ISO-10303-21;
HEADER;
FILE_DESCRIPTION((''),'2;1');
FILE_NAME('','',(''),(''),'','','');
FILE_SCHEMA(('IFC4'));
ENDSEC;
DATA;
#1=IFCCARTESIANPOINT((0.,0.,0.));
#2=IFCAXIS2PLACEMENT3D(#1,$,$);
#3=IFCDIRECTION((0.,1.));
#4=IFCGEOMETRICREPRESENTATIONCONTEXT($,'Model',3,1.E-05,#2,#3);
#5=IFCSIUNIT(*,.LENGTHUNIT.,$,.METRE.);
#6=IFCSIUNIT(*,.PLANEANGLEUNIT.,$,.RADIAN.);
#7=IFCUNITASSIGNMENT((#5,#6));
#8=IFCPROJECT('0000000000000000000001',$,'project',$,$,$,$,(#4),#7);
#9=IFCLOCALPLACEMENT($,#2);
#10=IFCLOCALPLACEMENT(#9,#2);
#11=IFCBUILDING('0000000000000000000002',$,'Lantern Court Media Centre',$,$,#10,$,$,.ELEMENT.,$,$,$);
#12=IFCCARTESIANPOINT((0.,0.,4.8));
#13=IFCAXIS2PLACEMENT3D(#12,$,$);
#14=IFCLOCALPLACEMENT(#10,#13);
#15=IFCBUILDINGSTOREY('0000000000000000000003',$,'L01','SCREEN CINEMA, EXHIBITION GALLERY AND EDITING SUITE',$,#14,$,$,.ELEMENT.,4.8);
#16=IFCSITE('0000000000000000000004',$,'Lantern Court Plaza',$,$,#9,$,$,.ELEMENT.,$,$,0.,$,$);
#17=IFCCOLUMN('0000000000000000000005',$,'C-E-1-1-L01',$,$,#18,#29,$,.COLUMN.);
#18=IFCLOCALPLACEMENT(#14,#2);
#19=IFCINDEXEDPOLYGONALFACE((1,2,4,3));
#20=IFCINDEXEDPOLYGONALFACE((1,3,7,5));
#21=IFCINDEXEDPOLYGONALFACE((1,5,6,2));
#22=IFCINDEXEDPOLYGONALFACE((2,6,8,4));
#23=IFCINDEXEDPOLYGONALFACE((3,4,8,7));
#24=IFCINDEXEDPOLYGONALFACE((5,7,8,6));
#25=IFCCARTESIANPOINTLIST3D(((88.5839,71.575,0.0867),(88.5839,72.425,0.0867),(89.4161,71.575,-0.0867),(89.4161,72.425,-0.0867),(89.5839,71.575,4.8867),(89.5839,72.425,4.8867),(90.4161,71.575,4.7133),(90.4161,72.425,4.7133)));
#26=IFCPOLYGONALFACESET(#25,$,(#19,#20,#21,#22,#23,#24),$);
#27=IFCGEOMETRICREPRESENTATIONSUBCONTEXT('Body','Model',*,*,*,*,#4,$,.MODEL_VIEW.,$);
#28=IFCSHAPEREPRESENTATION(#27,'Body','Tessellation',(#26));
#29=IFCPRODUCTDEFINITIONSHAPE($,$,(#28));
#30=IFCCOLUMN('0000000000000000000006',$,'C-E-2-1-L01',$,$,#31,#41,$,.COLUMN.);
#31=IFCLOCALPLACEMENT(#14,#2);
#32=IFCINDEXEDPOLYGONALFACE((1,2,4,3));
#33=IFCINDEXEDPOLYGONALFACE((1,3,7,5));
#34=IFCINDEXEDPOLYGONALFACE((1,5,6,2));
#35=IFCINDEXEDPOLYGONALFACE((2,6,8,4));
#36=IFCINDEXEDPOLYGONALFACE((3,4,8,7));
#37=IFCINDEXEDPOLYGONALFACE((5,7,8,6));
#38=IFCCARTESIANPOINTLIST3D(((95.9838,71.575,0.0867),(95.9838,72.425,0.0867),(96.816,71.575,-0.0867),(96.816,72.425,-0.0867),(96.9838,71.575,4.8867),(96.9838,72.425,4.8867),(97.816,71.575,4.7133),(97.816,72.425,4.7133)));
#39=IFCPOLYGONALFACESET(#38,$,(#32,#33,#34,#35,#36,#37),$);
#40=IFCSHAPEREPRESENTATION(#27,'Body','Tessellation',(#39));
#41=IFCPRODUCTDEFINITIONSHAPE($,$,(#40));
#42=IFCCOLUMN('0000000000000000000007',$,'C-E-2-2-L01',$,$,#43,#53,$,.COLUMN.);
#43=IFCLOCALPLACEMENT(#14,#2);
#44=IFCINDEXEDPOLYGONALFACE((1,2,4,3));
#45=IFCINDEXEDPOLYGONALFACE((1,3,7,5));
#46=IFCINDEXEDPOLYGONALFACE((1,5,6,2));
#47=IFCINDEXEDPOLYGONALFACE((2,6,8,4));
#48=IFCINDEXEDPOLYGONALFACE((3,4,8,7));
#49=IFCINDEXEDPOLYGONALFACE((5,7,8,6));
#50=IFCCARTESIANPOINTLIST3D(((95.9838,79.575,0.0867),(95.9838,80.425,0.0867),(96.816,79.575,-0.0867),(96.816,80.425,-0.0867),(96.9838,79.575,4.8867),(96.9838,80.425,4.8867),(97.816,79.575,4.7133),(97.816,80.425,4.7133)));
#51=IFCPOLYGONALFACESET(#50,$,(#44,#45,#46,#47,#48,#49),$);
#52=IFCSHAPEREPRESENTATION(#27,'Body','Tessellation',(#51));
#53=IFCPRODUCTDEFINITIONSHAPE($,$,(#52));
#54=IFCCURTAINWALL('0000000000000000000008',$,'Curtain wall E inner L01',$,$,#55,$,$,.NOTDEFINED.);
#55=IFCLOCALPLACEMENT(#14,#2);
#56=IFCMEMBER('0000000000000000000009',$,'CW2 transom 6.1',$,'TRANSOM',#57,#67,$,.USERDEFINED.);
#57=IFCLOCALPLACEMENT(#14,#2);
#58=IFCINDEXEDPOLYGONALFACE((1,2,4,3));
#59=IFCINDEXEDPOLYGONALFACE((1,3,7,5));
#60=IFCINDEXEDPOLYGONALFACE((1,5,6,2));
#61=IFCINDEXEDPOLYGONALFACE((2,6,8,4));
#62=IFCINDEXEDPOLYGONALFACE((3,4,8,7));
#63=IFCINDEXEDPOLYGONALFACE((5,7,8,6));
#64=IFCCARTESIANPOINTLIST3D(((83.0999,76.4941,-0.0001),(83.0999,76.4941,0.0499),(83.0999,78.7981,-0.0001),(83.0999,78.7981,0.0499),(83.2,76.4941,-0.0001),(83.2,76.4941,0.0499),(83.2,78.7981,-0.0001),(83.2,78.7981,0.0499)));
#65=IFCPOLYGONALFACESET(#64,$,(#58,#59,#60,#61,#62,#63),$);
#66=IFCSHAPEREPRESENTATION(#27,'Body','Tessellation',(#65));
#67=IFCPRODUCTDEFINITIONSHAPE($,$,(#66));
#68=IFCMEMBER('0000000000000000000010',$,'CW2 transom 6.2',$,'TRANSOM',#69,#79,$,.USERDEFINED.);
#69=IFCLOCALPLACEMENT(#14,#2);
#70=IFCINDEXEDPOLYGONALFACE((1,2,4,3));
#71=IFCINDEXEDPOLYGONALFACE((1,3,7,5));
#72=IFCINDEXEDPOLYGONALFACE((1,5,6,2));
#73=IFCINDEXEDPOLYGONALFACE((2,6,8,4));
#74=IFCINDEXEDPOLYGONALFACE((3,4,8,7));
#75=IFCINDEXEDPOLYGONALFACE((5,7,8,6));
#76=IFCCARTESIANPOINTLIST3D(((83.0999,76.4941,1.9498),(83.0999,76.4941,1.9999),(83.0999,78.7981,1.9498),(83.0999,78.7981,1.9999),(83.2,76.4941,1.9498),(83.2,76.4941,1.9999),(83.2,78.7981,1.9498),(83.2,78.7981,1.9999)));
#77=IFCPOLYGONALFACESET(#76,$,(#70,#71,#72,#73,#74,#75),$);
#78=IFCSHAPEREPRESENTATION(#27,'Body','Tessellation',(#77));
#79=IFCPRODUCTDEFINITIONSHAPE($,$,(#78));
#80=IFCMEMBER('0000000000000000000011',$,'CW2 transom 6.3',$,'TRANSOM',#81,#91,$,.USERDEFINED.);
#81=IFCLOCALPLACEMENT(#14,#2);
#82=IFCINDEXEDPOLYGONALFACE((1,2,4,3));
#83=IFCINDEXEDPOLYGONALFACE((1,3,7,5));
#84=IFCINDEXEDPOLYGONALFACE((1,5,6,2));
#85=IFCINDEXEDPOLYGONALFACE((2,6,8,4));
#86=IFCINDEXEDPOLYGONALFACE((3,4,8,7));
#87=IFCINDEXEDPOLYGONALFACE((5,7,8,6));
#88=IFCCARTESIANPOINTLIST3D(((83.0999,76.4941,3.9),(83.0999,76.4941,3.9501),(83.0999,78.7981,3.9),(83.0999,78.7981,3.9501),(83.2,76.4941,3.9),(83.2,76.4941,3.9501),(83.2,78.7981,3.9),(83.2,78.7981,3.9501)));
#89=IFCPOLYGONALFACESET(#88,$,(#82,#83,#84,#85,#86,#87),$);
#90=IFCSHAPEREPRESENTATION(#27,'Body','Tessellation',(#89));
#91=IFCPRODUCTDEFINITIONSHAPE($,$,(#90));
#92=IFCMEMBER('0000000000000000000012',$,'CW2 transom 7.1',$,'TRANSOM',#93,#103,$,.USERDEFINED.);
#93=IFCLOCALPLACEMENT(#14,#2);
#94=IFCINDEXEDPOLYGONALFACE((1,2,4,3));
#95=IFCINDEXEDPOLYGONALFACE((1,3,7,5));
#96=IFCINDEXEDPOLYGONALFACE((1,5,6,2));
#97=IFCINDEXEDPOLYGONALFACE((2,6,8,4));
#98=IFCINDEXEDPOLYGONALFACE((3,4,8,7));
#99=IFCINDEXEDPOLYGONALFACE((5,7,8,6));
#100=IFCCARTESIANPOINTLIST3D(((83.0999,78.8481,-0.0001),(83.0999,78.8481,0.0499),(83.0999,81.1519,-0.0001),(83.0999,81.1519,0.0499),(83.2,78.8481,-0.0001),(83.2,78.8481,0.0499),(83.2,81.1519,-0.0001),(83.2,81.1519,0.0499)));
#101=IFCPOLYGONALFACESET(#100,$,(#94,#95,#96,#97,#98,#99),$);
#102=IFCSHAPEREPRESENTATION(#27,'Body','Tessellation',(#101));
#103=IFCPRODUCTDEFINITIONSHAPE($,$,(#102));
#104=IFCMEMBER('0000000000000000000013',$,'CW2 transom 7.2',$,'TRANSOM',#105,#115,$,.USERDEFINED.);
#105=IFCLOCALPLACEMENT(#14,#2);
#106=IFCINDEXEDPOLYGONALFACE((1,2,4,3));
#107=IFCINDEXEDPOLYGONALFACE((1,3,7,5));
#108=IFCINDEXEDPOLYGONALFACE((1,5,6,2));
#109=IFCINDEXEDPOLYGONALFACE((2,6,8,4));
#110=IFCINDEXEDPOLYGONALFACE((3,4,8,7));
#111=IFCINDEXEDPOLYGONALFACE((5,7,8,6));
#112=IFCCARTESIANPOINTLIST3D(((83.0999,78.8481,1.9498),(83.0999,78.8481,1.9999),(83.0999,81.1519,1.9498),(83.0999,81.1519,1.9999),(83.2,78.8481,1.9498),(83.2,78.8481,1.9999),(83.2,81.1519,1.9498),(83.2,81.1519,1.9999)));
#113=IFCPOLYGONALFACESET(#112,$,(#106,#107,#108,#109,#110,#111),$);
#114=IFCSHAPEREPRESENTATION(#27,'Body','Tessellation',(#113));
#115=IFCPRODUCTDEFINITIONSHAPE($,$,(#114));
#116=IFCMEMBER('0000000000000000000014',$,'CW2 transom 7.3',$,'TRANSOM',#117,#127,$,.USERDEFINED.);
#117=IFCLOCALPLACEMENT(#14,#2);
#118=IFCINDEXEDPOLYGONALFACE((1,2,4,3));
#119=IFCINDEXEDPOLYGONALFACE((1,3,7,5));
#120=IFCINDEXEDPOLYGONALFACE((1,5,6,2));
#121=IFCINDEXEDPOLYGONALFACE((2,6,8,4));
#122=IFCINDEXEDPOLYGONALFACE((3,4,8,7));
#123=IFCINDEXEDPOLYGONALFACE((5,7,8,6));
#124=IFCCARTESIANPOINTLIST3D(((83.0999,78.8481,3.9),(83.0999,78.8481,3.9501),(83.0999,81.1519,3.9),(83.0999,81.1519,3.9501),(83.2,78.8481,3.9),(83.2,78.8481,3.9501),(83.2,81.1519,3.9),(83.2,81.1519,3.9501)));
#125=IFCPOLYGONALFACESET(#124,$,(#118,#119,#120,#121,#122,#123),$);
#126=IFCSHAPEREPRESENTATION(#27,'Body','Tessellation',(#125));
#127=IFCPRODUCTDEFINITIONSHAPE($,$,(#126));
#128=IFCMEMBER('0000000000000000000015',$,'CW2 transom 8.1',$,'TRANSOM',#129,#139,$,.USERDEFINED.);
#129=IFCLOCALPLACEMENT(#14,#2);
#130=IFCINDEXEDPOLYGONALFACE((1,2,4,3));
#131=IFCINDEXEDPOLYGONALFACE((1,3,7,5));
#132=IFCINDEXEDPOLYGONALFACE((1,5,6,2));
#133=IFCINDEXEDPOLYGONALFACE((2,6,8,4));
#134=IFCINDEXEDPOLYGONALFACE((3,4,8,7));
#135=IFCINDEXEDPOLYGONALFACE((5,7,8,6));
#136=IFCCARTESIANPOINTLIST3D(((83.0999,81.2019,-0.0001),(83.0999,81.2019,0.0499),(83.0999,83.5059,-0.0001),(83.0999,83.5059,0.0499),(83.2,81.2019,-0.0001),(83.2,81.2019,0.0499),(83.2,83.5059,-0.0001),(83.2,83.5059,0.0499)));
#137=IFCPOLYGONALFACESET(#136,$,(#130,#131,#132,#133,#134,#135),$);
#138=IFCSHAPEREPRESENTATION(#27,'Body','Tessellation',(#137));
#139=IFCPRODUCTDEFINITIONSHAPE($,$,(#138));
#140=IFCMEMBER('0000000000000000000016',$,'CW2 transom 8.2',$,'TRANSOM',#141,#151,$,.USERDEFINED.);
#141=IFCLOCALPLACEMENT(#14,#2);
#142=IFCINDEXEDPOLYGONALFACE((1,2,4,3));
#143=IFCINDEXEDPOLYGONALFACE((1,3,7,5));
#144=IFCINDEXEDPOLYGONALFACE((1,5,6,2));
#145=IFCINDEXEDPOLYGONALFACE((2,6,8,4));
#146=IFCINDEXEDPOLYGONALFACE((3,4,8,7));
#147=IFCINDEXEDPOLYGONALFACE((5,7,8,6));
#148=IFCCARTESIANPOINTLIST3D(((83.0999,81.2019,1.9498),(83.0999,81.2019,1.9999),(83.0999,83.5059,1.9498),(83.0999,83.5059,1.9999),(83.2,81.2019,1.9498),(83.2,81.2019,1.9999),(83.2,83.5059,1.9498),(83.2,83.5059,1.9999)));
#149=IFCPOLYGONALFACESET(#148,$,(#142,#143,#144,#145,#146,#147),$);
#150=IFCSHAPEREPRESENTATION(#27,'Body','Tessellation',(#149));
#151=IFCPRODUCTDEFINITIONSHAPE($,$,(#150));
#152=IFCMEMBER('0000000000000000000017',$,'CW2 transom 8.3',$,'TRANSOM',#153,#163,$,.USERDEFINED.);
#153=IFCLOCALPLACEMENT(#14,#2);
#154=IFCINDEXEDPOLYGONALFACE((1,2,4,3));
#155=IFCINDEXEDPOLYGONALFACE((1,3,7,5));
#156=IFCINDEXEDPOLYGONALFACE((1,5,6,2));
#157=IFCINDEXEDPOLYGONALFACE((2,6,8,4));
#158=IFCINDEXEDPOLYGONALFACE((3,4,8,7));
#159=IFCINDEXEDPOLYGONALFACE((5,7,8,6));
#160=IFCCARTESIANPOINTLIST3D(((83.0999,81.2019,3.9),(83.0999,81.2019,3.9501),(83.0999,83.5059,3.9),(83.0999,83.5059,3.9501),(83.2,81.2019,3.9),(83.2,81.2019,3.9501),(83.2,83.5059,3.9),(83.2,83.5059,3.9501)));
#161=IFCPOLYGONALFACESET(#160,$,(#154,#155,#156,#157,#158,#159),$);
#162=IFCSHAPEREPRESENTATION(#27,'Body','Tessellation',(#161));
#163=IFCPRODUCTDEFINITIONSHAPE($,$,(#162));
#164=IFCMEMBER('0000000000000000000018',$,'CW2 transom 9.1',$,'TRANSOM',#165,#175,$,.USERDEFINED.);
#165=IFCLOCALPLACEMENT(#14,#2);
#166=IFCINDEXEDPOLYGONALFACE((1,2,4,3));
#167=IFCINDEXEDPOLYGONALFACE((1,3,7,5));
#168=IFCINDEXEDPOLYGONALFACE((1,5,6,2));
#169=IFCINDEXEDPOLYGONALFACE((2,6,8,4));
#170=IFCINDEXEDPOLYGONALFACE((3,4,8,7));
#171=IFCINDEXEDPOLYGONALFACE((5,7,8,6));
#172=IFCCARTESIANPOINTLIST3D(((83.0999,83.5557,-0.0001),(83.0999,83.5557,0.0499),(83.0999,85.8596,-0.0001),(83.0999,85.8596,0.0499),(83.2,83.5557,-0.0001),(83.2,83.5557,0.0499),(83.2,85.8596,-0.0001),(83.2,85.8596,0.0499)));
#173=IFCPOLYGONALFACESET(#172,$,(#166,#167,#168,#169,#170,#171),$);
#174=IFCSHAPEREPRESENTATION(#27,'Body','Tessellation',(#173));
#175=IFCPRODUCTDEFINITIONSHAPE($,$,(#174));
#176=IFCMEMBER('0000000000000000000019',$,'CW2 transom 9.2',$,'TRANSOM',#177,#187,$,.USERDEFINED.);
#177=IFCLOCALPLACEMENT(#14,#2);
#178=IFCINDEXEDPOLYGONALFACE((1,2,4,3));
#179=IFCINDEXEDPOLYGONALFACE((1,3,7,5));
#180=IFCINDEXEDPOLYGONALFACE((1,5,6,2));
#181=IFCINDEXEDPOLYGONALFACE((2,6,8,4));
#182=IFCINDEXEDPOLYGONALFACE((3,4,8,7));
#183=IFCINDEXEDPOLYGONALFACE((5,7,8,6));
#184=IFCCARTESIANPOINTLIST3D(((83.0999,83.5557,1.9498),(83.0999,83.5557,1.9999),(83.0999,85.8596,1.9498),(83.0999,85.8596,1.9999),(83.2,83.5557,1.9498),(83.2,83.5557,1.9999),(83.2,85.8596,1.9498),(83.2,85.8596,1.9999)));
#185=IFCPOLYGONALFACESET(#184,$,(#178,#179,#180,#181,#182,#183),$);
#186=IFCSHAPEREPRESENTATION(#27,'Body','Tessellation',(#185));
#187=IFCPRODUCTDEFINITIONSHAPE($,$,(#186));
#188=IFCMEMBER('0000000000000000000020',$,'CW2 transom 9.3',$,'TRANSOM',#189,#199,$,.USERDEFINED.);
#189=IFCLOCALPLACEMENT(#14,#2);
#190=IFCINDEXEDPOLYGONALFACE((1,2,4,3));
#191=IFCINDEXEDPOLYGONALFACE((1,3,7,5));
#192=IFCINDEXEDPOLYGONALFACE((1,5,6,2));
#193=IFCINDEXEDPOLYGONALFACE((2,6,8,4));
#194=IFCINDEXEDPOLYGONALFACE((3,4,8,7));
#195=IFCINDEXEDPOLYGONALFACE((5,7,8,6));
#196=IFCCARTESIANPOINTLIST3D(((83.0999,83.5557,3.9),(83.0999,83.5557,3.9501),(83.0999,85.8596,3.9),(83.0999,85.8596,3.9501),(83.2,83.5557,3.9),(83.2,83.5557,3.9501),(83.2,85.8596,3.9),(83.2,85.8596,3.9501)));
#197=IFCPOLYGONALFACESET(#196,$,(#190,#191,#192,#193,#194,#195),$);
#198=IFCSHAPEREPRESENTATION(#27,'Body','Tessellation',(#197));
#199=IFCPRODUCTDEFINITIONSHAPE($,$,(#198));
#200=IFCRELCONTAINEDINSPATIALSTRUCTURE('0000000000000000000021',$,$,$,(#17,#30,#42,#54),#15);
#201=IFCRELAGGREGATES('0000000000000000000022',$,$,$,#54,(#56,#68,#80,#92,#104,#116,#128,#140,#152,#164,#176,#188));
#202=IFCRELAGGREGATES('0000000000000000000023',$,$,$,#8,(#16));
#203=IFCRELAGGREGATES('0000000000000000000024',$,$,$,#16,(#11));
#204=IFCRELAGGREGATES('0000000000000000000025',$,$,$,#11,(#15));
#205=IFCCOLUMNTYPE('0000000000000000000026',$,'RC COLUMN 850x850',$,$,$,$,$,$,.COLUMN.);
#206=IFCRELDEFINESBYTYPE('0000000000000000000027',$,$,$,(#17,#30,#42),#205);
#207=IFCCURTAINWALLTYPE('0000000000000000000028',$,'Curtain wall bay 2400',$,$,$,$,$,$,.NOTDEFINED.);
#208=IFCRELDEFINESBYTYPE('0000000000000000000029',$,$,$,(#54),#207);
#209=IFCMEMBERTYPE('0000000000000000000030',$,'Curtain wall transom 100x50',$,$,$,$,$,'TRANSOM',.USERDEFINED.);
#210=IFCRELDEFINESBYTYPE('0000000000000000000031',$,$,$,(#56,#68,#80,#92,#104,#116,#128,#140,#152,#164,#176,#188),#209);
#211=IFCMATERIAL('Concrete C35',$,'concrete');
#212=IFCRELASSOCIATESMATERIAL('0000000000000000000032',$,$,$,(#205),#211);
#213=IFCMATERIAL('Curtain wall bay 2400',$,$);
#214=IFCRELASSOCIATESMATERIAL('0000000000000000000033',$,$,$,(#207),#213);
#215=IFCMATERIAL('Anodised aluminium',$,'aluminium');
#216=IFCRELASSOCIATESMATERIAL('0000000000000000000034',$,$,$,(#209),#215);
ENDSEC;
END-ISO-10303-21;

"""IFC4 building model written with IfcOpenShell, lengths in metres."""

from ifc_helpers import new_model, si_unit, direction, frame, origin, origin_2d, place, context, subcontext, project, spatial, rectangle, extrude, material, material_profile, profile_set, type_object, element, aggregate, save


model = new_model("IFC4")

# Units and contexts
model_context = context("Model", 3, precision=1e-05, world=origin(), true_north=direction((0.0, 1.0)))
body_context = subcontext(model_context, "Body", "Model", "MODEL_VIEW")
ifc_project = project(units=[si_unit("LENGTHUNIT", "METRE"), si_unit("PLANEANGLEUNIT", "RADIAN")], contexts=[model_context])

# Site, building, storey
site_placement = place(None, origin())
site = spatial("IfcSite", under=ifc_project, at=site_placement, Name="Lantern Court Plaza", CompositionType="ELEMENT", RefElevation=0.0)
building_placement = place(site_placement, origin())
building = spatial("IfcBuilding", under=site, at=building_placement, Name="Lantern Court Media Centre", CompositionType="ELEMENT")
storey_placement = place(building_placement, frame((0.0, 0.0, 4.8)))
storey = spatial("IfcBuildingStorey", under=building, at=storey_placement, Name="L01", Description="SCREEN CINEMA, EXHIBITION GALLERY AND EDITING SUITE", CompositionType="ELEMENT", Elevation=4.8)

# Columns
ifc_material_1 = material(Name="Concrete C35", Category="concrete")
ifc_material_profile_1 = material_profile(ifc_material_1, rectangle(XDim=0.8501, YDim=0.8501, at=origin_2d()), Name="RC 850x850")
ifc_profile_set_1 = profile_set([ifc_material_profile_1], Name="Concrete C35")
column_type = type_object("IfcColumnType", Name="RC COLUMN 850x850", PredefinedType="COLUMN", material=ifc_profile_set_1)
for number, where, z_axis, x_axis, name in (
    (1, (89.0, 72.0, 0.0), (0.203952, 0.0, 0.978981), (0.0, 1.0, 0.0), "C-E-1-1-L01"),
    (2, (96.3999, 72.0, 0.0), (0.203952, 0.0, 0.978981), (0.0, 1.0, 0.0), "C-E-2-1-L01"),
    (3, (96.3999, 80.0, 0.0), (0.203952, 0.0, 0.978981), (0.0, 1.0, 0.0), "C-E-2-2-L01"),
):
    element("IfcColumn", number, at=place(storey_placement, frame(where, z_axis=z_axis, x_axis=x_axis)), inside=storey, type_object=column_type, Name=name, PredefinedType="COLUMN", context=body_context, shape_type="SweptSolid", body=[
        extrude(rectangle(XDim=0.8501, YDim=0.8501, at=origin_2d()), origin(), (0.0, 0.0, 1.0), 4.9031),
    ])

# Curtain wall, members
ifc_material_2 = material(Name="Curtain wall bay 2400")
curtain_wall_type = type_object("IfcCurtainWallType", Name="Curtain wall bay 2400", PredefinedType="NOTDEFINED", material=ifc_material_2)
curtain_wall_placement = place(storey_placement, origin())
curtain_wall = element("IfcCurtainWall", 4, at=curtain_wall_placement, inside=storey, type_object=curtain_wall_type, Name="Curtain wall E inner L01", PredefinedType="NOTDEFINED")
ifc_material_3 = material(Name="Anodised aluminium", Category="aluminium")
ifc_material_profile_2 = material_profile(ifc_material_3, rectangle(XDim=0.1001, YDim=0.05, at=origin_2d()), Name="AL 50x100")
ifc_profile_set_2 = profile_set([ifc_material_profile_2], Name="Anodised aluminium")
member_type = type_object("IfcMemberType", Name="Curtain wall transom 100x50", ElementType="TRANSOM", PredefinedType="USERDEFINED", material=ifc_profile_set_2)
member_1_placement = place(storey_placement, frame((83.1499, 76.4941, 0.0249), z_axis=(0.0, 1.0, 0.0), x_axis=(-1.0, 0.0, 0.0)))
member_1 = element("IfcMember", 5, at=member_1_placement, type_object=member_type, Name="CW2 transom 6.1", ObjectType="TRANSOM", PredefinedType="USERDEFINED", context=body_context, shape_type="SweptSolid", body=[
    extrude(rectangle(XDim=0.1001, YDim=0.05, at=origin_2d()), origin(), (0.0, 0.0, 1.0), 2.304),
])
member_2_placement = place(storey_placement, frame((83.1499, 76.4941, 1.9749), z_axis=(0.0, 1.0, 0.0), x_axis=(-1.0, 0.0, 0.0)))
member_2 = element("IfcMember", 6, at=member_2_placement, type_object=member_type, Name="CW2 transom 6.2", ObjectType="TRANSOM", PredefinedType="USERDEFINED", context=body_context, shape_type="SweptSolid", body=[
    extrude(rectangle(XDim=0.1001, YDim=0.05, at=origin_2d()), origin(), (0.0, 0.0, 1.0), 2.304),
])
member_3_placement = place(storey_placement, frame((83.1499, 76.4941, 3.925), z_axis=(0.0, 1.0, 0.0), x_axis=(-1.0, 0.0, 0.0)))
member_3 = element("IfcMember", 7, at=member_3_placement, type_object=member_type, Name="CW2 transom 6.3", ObjectType="TRANSOM", PredefinedType="USERDEFINED", context=body_context, shape_type="SweptSolid", body=[
    extrude(rectangle(XDim=0.1001, YDim=0.05, at=origin_2d()), origin(), (0.0, 0.0, 1.0), 2.304),
])
member_4_placement = place(storey_placement, frame((83.1499, 78.8481, 0.0249), z_axis=(0.0, 1.0, 0.0), x_axis=(-1.0, 0.0, 0.0)))
member_4 = element("IfcMember", 8, at=member_4_placement, type_object=member_type, Name="CW2 transom 7.1", ObjectType="TRANSOM", PredefinedType="USERDEFINED", context=body_context, shape_type="SweptSolid", body=[
    extrude(rectangle(XDim=0.1001, YDim=0.05, at=origin_2d()), origin(), (0.0, 0.0, 1.0), 2.3037),
])
member_5_placement = place(storey_placement, frame((83.1499, 78.8481, 1.9749), z_axis=(0.0, 1.0, 0.0), x_axis=(-1.0, 0.0, 0.0)))
member_5 = element("IfcMember", 9, at=member_5_placement, type_object=member_type, Name="CW2 transom 7.2", ObjectType="TRANSOM", PredefinedType="USERDEFINED", context=body_context, shape_type="SweptSolid", body=[
    extrude(rectangle(XDim=0.1001, YDim=0.05, at=origin_2d()), origin(), (0.0, 0.0, 1.0), 2.3037),
])
member_6_placement = place(storey_placement, frame((83.1499, 78.8481, 3.925), z_axis=(0.0, 1.0, 0.0), x_axis=(-1.0, 0.0, 0.0)))
member_6 = element("IfcMember", 10, at=member_6_placement, type_object=member_type, Name="CW2 transom 7.3", ObjectType="TRANSOM", PredefinedType="USERDEFINED", context=body_context, shape_type="SweptSolid", body=[
    extrude(rectangle(XDim=0.1001, YDim=0.05, at=origin_2d()), origin(), (0.0, 0.0, 1.0), 2.3037),
])
member_7_placement = place(storey_placement, frame((83.1499, 81.2019, 0.0249), z_axis=(0.0, 1.0, 0.0), x_axis=(-1.0, 0.0, 0.0)))
member_7 = element("IfcMember", 11, at=member_7_placement, type_object=member_type, Name="CW2 transom 8.1", ObjectType="TRANSOM", PredefinedType="USERDEFINED", context=body_context, shape_type="SweptSolid", body=[
    extrude(rectangle(XDim=0.1001, YDim=0.05, at=origin_2d()), origin(), (0.0, 0.0, 1.0), 2.304),
])
member_8_placement = place(storey_placement, frame((83.1499, 81.2019, 1.9749), z_axis=(0.0, 1.0, 0.0), x_axis=(-1.0, 0.0, 0.0)))
member_8 = element("IfcMember", 12, at=member_8_placement, type_object=member_type, Name="CW2 transom 8.2", ObjectType="TRANSOM", PredefinedType="USERDEFINED", context=body_context, shape_type="SweptSolid", body=[
    extrude(rectangle(XDim=0.1001, YDim=0.05, at=origin_2d()), origin(), (0.0, 0.0, 1.0), 2.304),
])
member_9_placement = place(storey_placement, frame((83.1499, 81.2019, 3.925), z_axis=(0.0, 1.0, 0.0), x_axis=(-1.0, 0.0, 0.0)))
member_9 = element("IfcMember", 13, at=member_9_placement, type_object=member_type, Name="CW2 transom 8.3", ObjectType="TRANSOM", PredefinedType="USERDEFINED", context=body_context, shape_type="SweptSolid", body=[
    extrude(rectangle(XDim=0.1001, YDim=0.05, at=origin_2d()), origin(), (0.0, 0.0, 1.0), 2.304),
])
member_10_placement = place(storey_placement, frame((83.1499, 83.5557, 0.0249), z_axis=(0.0, 1.0, 0.0), x_axis=(-1.0, 0.0, 0.0)))
member_10 = element("IfcMember", 14, at=member_10_placement, type_object=member_type, Name="CW2 transom 9.1", ObjectType="TRANSOM", PredefinedType="USERDEFINED", context=body_context, shape_type="SweptSolid", body=[
    extrude(rectangle(XDim=0.1001, YDim=0.05, at=origin_2d()), origin(), (0.0, 0.0, 1.0), 2.304),
])
member_11_placement = place(storey_placement, frame((83.1499, 83.5557, 1.9749), z_axis=(0.0, 1.0, 0.0), x_axis=(-1.0, 0.0, 0.0)))
member_11 = element("IfcMember", 15, at=member_11_placement, type_object=member_type, Name="CW2 transom 9.2", ObjectType="TRANSOM", PredefinedType="USERDEFINED", context=body_context, shape_type="SweptSolid", body=[
    extrude(rectangle(XDim=0.1001, YDim=0.05, at=origin_2d()), origin(), (0.0, 0.0, 1.0), 2.304),
])
member_12_placement = place(storey_placement, frame((83.1499, 83.5557, 3.925), z_axis=(0.0, 1.0, 0.0), x_axis=(-1.0, 0.0, 0.0)))
member_12 = element("IfcMember", 16, at=member_12_placement, type_object=member_type, Name="CW2 transom 9.3", ObjectType="TRANSOM", PredefinedType="USERDEFINED", context=body_context, shape_type="SweptSolid", body=[
    extrude(rectangle(XDim=0.1001, YDim=0.05, at=origin_2d()), origin(), (0.0, 0.0, 1.0), 2.304),
])

aggregate(curtain_wall, [member_1, member_2, member_3, member_4, member_5, member_6, member_7, member_8, member_9, member_10, member_11, member_12])

save(model, "model.ifc")
